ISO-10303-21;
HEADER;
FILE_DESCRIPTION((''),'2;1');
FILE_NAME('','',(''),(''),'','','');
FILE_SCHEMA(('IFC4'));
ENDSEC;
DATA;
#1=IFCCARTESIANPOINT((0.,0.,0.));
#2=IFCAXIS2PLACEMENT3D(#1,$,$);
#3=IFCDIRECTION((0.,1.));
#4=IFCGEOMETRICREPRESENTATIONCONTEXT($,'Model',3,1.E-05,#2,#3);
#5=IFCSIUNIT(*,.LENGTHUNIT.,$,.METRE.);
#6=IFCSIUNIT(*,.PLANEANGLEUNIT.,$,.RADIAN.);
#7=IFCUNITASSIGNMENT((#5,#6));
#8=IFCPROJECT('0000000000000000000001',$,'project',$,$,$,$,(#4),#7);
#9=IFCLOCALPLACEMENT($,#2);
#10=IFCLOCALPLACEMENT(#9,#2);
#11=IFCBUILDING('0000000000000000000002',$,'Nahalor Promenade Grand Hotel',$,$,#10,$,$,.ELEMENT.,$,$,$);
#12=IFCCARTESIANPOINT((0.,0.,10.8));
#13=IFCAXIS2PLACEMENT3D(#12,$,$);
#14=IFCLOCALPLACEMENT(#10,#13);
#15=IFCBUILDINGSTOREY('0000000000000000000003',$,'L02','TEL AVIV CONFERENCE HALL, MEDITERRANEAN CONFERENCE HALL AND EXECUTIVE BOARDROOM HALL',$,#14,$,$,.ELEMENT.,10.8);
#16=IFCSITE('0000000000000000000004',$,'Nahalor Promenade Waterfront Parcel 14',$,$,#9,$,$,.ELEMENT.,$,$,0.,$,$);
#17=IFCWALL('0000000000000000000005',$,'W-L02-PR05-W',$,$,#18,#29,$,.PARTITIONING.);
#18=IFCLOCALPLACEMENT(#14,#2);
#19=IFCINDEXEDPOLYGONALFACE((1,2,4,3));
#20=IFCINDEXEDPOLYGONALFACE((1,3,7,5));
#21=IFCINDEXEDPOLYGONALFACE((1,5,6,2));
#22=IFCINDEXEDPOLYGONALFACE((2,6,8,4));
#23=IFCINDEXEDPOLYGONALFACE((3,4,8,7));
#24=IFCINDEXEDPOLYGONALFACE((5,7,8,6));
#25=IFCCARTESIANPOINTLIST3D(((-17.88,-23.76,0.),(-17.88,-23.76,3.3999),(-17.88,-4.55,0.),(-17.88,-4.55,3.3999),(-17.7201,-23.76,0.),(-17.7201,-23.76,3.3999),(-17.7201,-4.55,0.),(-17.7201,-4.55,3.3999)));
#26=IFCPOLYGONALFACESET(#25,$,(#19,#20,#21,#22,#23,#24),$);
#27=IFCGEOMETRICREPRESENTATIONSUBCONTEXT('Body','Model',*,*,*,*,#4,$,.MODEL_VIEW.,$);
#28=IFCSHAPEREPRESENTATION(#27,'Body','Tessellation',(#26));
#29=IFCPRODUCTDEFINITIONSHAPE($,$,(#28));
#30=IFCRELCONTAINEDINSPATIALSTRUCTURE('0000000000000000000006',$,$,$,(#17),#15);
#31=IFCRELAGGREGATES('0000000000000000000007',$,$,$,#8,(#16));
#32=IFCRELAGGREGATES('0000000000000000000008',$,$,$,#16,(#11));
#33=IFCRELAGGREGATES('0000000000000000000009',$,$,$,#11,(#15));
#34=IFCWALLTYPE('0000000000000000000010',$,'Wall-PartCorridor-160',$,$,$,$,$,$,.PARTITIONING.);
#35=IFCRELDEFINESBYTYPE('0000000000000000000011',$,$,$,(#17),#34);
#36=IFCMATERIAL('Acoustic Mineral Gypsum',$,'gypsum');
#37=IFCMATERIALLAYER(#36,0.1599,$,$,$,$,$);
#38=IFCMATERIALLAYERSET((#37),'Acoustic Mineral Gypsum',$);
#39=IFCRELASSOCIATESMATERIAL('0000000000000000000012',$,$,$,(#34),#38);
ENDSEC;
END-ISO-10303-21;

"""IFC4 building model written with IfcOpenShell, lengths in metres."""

from ifc_helpers import new_model, si_unit, direction, frame, frame_2d, origin, place, context, subcontext, project, spatial, rectangle, extrude, source, transform, mapped, material, layer, layer_set, type_object, element, save


model = new_model("IFC4")

# Units and contexts
model_context = context("Model", 3, precision=1e-05, world=origin(), true_north=direction((0.0, 1.0)))
body_context = subcontext(model_context, "Body", "Model", "MODEL_VIEW")
ifc_project = project(units=[si_unit("LENGTHUNIT", "METRE"), si_unit("PLANEANGLEUNIT", "RADIAN")], contexts=[model_context])

# Site, building, storey
site_placement = place(None, origin())
site = spatial("IfcSite", under=ifc_project, at=site_placement, Name="Nahalor Promenade Waterfront Parcel 14", CompositionType="ELEMENT", RefElevation=0.0)
building_placement = place(site_placement, origin())
building = spatial("IfcBuilding", under=site, at=building_placement, Name="Nahalor Promenade Grand Hotel", CompositionType="ELEMENT")
storey_placement = place(building_placement, frame((0.0, 0.0, 10.8)))
storey = spatial("IfcBuildingStorey", under=building, at=storey_placement, Name="L02", Description="TEL AVIV CONFERENCE HALL, MEDITERRANEAN CONFERENCE HALL AND EXECUTIVE BOARDROOM HALL", CompositionType="ELEMENT", Elevation=10.8)

# Wall
ifc_material_1 = material(Name="Acoustic Mineral Gypsum", Category="gypsum")
ifc_layer_1 = layer(ifc_material_1, 0.1599)
ifc_layer_set_1 = layer_set([ifc_layer_1], Name="Acoustic Mineral Gypsum")
wall_type_1 = type_object("IfcWallType", Name="Wall-PartCorridor-160", PredefinedType="PARTITIONING", material=ifc_layer_set_1)
shared_shape_1 = source(origin(), body_context, "Body", "SweptSolid", [
    extrude(rectangle(XDim=19.21, YDim=0.1599, at=frame_2d((9.605, 0.0))), origin(), (0.0, 0.0, 1.0), 3.3999),
])
for number, where, z_axis, x_axis, name in (
    (1, (-17.8, -23.76, 0.0), (0.0, 0.0, 1.0), (0.0, 1.0, 0.0), "W-L02-PR05-W"),
):
    element("IfcWall", number, at=place(storey_placement, frame(where, z_axis=z_axis, x_axis=x_axis)), inside=storey, type_object=wall_type_1, Name=name, PredefinedType="PARTITIONING", context=body_context, shape_type="MappedRepresentation", body=[
        mapped(shared_shape_1, transform((0.0, 0.0, 0.0), scale=1.0)),
    ])

save(model, "model.ifc")
